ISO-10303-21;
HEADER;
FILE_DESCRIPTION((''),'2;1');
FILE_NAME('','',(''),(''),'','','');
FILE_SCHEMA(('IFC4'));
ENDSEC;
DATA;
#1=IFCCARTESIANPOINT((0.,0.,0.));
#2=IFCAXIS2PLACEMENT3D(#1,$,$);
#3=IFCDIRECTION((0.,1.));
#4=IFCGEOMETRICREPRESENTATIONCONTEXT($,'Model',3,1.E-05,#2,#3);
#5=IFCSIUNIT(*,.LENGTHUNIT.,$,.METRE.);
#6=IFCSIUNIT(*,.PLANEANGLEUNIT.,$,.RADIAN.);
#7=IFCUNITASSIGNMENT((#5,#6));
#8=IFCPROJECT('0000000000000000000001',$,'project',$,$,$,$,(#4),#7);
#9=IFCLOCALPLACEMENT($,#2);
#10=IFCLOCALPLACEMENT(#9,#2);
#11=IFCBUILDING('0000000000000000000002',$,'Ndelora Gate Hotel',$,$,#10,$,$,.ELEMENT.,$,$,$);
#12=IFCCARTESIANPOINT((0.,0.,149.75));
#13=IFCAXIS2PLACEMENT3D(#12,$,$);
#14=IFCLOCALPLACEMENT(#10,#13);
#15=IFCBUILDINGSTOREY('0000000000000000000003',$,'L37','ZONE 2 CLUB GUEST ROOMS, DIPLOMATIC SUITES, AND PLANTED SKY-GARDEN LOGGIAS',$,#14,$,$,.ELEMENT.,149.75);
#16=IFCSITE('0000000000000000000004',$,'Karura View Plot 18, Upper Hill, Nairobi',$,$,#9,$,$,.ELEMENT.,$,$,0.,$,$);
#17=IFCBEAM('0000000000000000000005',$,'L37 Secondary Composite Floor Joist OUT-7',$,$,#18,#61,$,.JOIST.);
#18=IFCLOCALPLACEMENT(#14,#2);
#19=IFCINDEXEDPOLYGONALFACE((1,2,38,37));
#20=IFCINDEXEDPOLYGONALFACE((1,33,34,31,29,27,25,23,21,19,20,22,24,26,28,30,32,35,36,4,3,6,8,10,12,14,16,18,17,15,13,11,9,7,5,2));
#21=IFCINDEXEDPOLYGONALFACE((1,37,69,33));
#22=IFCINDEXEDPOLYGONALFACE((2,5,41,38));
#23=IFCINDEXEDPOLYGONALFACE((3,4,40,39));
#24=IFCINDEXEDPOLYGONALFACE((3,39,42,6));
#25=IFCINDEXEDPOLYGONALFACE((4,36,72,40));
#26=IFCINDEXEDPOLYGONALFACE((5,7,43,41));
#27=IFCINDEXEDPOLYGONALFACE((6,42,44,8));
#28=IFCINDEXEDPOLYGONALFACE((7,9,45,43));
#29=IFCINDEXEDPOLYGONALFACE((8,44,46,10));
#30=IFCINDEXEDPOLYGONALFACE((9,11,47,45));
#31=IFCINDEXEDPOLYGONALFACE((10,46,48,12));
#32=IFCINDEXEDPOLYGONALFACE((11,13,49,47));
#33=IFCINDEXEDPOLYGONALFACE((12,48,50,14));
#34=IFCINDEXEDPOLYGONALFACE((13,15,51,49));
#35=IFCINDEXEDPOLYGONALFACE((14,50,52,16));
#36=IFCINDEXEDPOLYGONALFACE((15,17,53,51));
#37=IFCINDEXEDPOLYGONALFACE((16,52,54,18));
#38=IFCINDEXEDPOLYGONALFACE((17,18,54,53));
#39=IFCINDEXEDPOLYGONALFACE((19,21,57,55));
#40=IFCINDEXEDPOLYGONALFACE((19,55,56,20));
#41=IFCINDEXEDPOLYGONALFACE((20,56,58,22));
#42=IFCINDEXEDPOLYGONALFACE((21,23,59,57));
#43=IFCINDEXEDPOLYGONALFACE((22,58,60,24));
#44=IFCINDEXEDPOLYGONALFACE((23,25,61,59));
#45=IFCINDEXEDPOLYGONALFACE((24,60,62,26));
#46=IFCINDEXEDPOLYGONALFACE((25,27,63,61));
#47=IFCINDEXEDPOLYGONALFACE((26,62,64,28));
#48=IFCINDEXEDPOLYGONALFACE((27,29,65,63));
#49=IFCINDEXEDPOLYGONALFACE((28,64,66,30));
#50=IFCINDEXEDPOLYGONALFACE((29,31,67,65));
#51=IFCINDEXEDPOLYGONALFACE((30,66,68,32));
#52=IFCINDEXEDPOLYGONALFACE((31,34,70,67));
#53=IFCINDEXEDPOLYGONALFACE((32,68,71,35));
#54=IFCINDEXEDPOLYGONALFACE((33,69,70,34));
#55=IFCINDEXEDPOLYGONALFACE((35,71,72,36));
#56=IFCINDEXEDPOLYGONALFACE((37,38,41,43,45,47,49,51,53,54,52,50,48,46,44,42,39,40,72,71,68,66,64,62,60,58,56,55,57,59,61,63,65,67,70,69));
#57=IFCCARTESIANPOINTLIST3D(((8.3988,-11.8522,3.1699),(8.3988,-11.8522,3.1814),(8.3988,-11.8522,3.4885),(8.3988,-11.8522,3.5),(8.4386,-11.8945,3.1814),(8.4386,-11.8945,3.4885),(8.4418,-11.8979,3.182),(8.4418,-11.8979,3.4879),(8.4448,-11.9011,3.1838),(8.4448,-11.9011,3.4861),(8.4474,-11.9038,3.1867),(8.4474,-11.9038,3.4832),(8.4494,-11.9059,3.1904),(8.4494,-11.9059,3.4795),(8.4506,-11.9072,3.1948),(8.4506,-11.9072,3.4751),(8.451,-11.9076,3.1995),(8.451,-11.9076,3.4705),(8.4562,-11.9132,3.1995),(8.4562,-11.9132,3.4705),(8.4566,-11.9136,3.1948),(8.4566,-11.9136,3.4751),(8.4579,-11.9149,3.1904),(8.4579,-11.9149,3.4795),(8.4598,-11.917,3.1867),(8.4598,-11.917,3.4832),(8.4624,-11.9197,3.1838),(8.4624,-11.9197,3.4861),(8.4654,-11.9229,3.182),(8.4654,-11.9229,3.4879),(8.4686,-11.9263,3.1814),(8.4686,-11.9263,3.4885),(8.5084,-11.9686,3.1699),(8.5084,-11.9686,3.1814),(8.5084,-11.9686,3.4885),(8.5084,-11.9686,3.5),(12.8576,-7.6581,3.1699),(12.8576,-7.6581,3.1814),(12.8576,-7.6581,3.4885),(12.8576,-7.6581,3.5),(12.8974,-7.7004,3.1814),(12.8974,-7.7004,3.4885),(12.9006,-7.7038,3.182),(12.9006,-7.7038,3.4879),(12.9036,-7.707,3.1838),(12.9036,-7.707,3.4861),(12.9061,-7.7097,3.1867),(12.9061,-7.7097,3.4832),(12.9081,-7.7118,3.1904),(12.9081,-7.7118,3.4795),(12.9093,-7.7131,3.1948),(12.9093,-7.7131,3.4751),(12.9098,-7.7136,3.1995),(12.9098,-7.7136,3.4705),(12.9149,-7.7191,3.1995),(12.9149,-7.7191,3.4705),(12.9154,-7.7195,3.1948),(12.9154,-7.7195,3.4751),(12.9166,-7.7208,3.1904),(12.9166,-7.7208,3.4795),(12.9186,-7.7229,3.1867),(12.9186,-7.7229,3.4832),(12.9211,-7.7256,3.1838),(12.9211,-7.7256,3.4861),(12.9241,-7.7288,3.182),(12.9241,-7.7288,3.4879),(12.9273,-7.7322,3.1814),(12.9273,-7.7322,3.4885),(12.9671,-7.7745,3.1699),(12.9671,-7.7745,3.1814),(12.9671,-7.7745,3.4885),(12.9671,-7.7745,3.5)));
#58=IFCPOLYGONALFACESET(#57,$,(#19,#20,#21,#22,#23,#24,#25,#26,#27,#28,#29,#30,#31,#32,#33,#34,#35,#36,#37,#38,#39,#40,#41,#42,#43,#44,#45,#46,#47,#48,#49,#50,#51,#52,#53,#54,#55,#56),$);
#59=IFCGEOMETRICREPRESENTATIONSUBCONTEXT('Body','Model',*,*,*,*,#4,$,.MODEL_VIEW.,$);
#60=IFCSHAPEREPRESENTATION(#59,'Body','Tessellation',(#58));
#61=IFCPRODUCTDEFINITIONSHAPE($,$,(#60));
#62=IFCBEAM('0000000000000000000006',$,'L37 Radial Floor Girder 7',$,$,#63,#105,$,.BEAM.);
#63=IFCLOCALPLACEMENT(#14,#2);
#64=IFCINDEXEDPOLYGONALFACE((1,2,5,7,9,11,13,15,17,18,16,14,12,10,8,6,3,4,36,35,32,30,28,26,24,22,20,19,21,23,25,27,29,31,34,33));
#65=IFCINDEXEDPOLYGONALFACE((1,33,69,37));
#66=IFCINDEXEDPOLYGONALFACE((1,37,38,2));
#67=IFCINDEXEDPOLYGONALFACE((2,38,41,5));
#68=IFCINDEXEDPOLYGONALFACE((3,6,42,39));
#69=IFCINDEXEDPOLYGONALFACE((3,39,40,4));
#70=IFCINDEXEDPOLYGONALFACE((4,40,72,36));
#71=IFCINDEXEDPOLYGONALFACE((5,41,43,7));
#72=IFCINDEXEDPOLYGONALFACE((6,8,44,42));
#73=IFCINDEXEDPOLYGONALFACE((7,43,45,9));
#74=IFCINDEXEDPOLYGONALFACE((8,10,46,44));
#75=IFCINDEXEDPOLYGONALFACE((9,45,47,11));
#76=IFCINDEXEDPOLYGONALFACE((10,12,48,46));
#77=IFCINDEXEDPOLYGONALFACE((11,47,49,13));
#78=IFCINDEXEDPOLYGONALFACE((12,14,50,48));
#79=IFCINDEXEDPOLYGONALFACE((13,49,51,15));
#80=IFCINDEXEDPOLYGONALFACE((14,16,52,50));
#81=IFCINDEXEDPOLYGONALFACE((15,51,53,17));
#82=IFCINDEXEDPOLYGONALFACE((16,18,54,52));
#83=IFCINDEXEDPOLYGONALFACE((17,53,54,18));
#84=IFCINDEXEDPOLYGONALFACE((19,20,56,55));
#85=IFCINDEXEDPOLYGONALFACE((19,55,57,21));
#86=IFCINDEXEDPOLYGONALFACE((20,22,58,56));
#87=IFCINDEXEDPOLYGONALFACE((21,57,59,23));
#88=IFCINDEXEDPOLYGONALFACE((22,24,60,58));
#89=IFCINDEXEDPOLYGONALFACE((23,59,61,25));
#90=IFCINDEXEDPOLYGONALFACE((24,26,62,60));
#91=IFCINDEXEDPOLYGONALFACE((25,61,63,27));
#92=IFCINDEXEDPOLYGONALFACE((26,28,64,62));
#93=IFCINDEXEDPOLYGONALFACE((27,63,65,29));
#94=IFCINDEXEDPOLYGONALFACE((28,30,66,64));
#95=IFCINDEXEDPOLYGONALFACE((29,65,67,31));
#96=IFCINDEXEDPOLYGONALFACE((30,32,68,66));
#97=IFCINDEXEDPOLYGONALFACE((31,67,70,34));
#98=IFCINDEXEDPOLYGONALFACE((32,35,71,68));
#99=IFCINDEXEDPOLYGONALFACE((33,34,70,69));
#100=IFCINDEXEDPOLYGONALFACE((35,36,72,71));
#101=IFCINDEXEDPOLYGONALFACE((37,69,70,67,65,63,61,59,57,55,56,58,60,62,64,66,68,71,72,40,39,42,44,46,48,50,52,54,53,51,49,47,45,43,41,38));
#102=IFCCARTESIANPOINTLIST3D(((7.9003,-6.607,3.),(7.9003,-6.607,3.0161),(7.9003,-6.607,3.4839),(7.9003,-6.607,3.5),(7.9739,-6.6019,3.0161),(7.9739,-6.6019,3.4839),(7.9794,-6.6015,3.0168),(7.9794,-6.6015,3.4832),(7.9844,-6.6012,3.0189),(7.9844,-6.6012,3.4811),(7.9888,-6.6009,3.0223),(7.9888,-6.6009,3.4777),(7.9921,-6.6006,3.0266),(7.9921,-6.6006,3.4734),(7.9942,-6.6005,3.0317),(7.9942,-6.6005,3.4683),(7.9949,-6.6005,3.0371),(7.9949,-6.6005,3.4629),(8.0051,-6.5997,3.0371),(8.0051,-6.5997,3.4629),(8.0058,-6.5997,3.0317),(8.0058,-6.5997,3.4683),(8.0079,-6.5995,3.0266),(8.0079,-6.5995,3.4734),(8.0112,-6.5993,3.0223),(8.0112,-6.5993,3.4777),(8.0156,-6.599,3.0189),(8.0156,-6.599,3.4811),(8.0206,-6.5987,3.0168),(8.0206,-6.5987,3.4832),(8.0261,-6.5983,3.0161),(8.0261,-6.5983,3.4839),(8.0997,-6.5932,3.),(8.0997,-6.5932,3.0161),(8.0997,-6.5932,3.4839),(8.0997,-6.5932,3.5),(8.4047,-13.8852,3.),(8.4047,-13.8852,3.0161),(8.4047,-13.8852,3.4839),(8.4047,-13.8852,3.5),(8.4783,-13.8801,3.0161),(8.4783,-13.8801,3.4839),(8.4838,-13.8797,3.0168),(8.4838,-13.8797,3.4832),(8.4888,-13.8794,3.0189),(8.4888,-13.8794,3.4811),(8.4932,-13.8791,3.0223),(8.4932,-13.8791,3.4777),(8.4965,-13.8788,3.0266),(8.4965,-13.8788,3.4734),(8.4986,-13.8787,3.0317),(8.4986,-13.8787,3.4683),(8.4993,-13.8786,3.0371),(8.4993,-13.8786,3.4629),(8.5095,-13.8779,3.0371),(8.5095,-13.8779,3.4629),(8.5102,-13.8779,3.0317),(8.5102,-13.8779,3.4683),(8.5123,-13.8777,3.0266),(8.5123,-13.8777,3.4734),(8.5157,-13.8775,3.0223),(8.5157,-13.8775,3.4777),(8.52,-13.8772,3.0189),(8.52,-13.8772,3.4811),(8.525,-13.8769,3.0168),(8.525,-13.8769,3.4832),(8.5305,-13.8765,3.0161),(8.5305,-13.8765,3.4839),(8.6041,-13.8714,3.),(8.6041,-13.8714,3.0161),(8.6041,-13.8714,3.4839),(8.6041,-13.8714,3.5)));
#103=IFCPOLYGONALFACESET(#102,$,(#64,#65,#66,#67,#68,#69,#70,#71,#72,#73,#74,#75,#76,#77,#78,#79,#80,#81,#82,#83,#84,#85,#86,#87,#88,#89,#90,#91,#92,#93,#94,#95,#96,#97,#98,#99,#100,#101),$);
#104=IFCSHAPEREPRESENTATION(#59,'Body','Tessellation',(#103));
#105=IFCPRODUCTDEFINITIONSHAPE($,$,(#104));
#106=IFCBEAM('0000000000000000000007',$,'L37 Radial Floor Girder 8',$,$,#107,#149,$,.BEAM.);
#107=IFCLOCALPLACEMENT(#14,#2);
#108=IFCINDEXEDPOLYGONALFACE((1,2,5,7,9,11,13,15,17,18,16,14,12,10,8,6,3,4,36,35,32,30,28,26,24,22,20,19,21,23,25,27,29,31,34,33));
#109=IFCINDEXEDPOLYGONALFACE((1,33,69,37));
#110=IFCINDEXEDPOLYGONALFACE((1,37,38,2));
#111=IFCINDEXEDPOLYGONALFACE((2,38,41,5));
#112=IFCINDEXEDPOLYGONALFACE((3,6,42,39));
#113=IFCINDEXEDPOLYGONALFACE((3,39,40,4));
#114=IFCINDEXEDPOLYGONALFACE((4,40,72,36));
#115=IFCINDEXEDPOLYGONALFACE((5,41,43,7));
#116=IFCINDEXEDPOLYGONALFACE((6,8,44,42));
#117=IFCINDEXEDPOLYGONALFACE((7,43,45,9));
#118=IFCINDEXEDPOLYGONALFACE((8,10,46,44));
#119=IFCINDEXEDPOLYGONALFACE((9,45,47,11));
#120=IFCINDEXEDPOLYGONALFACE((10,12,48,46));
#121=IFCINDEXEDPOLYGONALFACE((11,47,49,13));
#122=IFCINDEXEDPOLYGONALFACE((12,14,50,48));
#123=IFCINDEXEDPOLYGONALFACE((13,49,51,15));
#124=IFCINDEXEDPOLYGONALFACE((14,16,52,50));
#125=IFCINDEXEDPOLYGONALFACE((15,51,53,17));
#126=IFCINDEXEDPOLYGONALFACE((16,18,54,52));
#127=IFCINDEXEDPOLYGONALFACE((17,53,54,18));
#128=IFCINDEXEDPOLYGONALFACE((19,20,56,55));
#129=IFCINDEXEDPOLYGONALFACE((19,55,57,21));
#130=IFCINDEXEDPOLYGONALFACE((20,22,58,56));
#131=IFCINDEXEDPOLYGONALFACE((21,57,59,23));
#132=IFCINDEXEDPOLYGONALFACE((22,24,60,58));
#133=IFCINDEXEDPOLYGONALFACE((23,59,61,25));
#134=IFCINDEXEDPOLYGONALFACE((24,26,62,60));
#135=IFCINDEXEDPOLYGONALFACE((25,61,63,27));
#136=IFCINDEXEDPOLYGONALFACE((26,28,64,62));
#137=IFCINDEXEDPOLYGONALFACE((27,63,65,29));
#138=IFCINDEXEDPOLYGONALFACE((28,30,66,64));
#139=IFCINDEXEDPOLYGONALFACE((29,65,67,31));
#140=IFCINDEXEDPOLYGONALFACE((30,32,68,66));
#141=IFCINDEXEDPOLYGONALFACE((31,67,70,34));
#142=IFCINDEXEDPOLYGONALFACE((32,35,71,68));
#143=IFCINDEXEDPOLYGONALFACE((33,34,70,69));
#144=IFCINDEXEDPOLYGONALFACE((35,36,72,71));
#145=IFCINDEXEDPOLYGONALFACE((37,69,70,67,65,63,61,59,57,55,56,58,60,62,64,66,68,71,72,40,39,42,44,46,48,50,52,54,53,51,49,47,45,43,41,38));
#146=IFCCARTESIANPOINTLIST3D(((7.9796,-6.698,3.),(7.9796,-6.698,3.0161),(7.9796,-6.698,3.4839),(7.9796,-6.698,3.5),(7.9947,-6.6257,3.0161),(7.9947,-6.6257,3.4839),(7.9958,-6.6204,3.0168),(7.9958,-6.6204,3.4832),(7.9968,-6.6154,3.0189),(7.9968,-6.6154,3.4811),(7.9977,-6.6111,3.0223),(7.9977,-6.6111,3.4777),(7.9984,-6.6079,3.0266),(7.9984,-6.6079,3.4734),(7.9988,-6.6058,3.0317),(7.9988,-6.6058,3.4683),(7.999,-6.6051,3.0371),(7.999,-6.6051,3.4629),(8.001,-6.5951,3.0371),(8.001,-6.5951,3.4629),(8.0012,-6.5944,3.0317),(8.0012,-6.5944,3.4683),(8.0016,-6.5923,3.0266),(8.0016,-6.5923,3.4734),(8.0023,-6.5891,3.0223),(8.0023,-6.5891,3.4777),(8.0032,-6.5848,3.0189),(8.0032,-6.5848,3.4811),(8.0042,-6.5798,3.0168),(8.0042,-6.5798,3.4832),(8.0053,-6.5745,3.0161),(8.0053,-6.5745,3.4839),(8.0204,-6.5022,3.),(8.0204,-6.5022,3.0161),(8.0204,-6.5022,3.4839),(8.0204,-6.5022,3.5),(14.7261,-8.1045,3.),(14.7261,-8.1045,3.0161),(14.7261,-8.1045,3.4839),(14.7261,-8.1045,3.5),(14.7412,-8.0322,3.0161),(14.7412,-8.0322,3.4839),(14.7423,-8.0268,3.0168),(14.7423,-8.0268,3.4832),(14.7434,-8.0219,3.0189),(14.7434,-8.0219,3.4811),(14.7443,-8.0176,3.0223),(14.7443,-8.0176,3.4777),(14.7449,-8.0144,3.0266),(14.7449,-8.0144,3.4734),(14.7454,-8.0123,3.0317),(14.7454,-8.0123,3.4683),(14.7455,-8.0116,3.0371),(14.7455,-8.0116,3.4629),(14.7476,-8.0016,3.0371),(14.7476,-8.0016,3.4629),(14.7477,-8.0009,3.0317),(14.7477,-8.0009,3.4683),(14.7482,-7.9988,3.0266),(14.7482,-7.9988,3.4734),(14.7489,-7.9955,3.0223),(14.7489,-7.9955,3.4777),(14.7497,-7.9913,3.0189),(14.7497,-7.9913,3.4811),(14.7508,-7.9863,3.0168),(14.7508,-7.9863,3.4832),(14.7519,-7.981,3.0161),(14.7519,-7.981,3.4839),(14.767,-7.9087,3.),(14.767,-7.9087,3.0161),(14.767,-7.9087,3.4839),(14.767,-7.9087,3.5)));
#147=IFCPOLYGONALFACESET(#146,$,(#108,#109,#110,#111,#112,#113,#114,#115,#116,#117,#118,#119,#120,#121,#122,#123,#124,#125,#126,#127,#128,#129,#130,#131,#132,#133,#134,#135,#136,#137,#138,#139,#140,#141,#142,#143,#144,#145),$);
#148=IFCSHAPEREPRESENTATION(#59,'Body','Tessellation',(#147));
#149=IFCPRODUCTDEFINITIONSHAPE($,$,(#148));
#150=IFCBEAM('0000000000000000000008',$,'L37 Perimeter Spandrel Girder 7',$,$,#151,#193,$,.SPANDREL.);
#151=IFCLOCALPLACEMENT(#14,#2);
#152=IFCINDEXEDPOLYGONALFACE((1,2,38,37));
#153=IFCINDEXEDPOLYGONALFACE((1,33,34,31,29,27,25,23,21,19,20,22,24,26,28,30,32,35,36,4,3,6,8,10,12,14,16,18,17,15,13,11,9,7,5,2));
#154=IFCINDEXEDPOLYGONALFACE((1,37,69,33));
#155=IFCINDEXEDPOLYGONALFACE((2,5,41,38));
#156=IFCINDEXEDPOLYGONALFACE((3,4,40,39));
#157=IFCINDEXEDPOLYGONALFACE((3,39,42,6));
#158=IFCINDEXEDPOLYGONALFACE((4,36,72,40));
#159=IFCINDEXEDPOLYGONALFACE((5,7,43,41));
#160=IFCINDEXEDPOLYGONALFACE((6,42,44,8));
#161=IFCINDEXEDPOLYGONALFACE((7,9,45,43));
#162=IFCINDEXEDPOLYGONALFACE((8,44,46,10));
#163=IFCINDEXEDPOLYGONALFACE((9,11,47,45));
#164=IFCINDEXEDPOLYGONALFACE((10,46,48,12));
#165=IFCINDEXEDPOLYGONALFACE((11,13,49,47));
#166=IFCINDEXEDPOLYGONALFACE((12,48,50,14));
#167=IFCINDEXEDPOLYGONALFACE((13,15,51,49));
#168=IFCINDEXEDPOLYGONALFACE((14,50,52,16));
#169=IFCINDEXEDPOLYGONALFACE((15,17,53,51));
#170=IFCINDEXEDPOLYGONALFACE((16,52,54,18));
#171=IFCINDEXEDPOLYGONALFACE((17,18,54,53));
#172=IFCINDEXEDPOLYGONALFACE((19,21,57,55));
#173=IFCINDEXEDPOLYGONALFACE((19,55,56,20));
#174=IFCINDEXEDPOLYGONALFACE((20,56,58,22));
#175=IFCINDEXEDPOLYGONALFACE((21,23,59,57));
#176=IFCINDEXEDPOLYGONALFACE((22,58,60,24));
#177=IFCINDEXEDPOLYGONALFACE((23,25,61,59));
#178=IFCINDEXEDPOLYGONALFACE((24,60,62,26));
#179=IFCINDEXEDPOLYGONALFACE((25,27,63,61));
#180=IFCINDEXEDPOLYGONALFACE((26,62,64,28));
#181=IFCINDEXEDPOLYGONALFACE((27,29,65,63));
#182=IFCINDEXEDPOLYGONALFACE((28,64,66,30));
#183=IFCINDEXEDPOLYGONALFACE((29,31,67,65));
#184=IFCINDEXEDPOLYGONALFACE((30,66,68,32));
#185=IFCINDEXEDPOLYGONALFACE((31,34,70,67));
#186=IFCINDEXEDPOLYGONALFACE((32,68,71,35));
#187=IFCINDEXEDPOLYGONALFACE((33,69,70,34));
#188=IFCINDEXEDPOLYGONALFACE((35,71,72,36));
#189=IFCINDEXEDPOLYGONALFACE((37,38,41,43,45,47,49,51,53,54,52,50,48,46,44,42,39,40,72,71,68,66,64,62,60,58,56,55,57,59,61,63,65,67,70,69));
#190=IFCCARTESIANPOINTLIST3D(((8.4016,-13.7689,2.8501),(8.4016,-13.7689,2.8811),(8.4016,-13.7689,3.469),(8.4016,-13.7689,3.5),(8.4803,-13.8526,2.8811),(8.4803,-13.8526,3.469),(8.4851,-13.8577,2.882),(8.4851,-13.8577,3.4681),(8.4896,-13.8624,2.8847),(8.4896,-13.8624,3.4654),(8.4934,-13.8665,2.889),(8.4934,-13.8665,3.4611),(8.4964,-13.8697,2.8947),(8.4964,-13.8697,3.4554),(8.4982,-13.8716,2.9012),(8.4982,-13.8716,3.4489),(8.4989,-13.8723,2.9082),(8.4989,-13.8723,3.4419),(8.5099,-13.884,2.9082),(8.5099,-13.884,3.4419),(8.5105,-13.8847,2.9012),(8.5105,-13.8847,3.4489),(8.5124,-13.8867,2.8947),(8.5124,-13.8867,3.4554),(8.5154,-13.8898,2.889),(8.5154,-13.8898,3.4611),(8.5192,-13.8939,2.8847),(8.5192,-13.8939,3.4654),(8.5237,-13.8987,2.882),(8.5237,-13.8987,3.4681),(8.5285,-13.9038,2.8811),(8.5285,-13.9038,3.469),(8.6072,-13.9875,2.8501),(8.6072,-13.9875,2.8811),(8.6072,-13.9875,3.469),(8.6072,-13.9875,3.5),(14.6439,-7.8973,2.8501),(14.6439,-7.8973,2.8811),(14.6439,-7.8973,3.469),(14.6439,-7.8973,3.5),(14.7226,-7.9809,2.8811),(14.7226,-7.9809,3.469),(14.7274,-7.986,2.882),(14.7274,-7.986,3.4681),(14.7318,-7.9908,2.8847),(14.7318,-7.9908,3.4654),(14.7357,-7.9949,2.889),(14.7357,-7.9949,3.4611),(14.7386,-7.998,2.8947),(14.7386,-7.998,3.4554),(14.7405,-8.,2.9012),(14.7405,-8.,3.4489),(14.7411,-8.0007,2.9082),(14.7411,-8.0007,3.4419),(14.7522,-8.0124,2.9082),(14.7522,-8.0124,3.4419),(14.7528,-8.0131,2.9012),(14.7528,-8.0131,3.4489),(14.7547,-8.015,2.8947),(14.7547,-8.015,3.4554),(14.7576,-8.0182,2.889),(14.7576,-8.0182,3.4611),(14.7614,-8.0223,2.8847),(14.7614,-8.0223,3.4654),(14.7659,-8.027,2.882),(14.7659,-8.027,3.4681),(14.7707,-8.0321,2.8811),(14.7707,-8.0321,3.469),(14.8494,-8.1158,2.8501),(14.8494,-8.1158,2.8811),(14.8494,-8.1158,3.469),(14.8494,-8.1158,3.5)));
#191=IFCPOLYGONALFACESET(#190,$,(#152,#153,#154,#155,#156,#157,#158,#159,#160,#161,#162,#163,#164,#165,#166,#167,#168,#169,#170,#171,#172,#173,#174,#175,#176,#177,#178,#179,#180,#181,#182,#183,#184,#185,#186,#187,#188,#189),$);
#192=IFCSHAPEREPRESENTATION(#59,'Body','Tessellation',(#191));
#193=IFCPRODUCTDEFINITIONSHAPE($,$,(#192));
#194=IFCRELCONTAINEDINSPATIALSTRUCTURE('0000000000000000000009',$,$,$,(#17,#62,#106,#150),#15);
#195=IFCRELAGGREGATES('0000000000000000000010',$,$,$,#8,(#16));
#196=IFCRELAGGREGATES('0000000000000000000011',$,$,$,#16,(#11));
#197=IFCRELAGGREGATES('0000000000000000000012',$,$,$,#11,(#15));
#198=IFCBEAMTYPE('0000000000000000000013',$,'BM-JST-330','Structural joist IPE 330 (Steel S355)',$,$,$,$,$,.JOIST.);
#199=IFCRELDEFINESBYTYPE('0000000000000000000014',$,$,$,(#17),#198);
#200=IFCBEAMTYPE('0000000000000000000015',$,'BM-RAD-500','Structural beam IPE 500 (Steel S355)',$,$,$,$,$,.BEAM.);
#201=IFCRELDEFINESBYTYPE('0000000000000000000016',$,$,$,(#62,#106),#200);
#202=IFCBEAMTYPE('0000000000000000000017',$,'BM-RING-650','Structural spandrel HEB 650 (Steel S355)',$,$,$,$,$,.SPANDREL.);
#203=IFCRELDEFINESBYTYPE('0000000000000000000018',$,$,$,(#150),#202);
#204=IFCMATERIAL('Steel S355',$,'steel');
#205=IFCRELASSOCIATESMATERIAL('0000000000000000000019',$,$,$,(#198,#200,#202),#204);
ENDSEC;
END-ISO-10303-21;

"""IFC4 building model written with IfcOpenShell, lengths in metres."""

from ifc_helpers import new_model, si_unit, direction, frame, origin, origin_2d, place, context, subcontext, project, spatial, i_section, extrude, material, material_profile, profile_set, type_object, element, save


model = new_model("IFC4")

# Units and contexts
model_context = context("Model", 3, precision=1e-05, world=origin(), true_north=direction((0.0, 1.0)))
body_context = subcontext(model_context, "Body", "Model", "MODEL_VIEW")
ifc_project = project(units=[si_unit("LENGTHUNIT", "METRE"), si_unit("PLANEANGLEUNIT", "RADIAN")], contexts=[model_context])

# Site, building, storey
site_placement = place(None, origin())
site = spatial("IfcSite", under=ifc_project, at=site_placement, Name="Karura View Plot 18, Upper Hill, Nairobi", CompositionType="ELEMENT", RefElevation=0.0)
building_placement = place(site_placement, origin())
building = spatial("IfcBuilding", under=site, at=building_placement, Name="Ndelora Gate Hotel", CompositionType="ELEMENT")
storey_placement = place(building_placement, frame((0.0, 0.0, 149.75)))
storey = spatial("IfcBuildingStorey", under=building, at=storey_placement, Name="L37", Description="ZONE 2 CLUB GUEST ROOMS, DIPLOMATIC SUITES, AND PLANTED SKY-GARDEN LOGGIAS", CompositionType="ELEMENT", Elevation=149.75)

# Beams
ifc_material_1 = material(Name="Steel S355", Category="steel")
ifc_material_profile_1 = material_profile(ifc_material_1, i_section(OverallWidth=0.1599, OverallDepth=0.3301, WebThickness=0.0076, FlangeThickness=0.0115, FilletRadius=0.0181, at=origin_2d()), Name="IPE 330")
ifc_profile_set_1 = profile_set([ifc_material_profile_1], Name="Steel S355")
beam_type_1 = type_object("IfcBeamType", Name="BM-JST-330", Description="Structural joist IPE 330 (Steel S355)", PredefinedType="JOIST", material=ifc_profile_set_1)
beam_1_placement = place(storey_placement, frame((8.4536, -11.9104, 3.335), z_axis=(0.728393, 0.685159, 0.0), x_axis=(-0.685159, 0.728393, 0.0)))
element("IfcBeam", 1, at=beam_1_placement, inside=storey, type_object=beam_type_1, Name="L37 Secondary Composite Floor Joist OUT-7", PredefinedType="JOIST", context=body_context, shape_type="SweptSolid", body=[
    extrude(i_section(OverallWidth=0.1599, OverallDepth=0.3301, WebThickness=0.0076, FlangeThickness=0.0115, FilletRadius=0.0181, at=origin_2d()), origin(), (0.0, 0.0, 1.0), 6.1213),
])
ifc_material_profile_2 = material_profile(ifc_material_1, i_section(OverallWidth=0.2, OverallDepth=0.5, WebThickness=0.0103, FlangeThickness=0.0161, FilletRadius=0.021, at=origin_2d()), Name="IPE 500")
ifc_profile_set_2 = profile_set([ifc_material_profile_2], Name="Steel S355")
beam_type_2 = type_object("IfcBeamType", Name="BM-RAD-500", Description="Structural beam IPE 500 (Steel S355)", PredefinedType="BEAM", material=ifc_profile_set_2)
beam_2_placement = place(storey_placement, frame((8.0, -6.6001, 3.25), z_axis=(0.069137, -0.997607, 0.0), x_axis=(0.997607, 0.069137, 0.0)))
element("IfcBeam", 2, at=beam_2_placement, inside=storey, type_object=beam_type_2, Name="L37 Radial Floor Girder 7", PredefinedType="BEAM", context=body_context, shape_type="SweptSolid", body=[
    extrude(i_section(OverallWidth=0.2, OverallDepth=0.5, WebThickness=0.0103, FlangeThickness=0.0161, FilletRadius=0.021, at=origin_2d()), origin(), (0.0, 0.0, 1.0), 7.2957),
])
beam_3_placement = place(storey_placement, frame((8.0, -6.6001, 3.25), z_axis=(0.978953, -0.204087, 0.0), x_axis=(0.204087, 0.978953, 0.0)))
element("IfcBeam", 3, at=beam_3_placement, inside=storey, type_object=beam_type_2, Name="L37 Radial Floor Girder 8", PredefinedType="BEAM", context=body_context, shape_type="SweptSolid", body=[
    extrude(i_section(OverallWidth=0.2, OverallDepth=0.5, WebThickness=0.0103, FlangeThickness=0.0161, FilletRadius=0.021, at=origin_2d()), origin(), (0.0, 0.0, 1.0), 6.8916),
])
ifc_material_profile_3 = material_profile(ifc_material_1, i_section(OverallWidth=0.3, OverallDepth=0.6499, WebThickness=0.0161, FlangeThickness=0.031, FilletRadius=0.0271, at=origin_2d()), Name="HEB 650")
ifc_profile_set_3 = profile_set([ifc_material_profile_3], Name="Steel S355")
beam_type_3 = type_object("IfcBeamType", Name="BM-RING-650", Description="Structural spandrel HEB 650 (Steel S355)", PredefinedType="SPANDREL", material=ifc_profile_set_3)
beam_4_placement = place(storey_placement, frame((8.5044, -13.8782, 3.175), z_axis=(0.728399, 0.685153, 0.0), x_axis=(-0.685153, 0.728399, 0.0)))
element("IfcBeam", 4, at=beam_4_placement, inside=storey, type_object=beam_type_3, Name="L37 Perimeter Spandrel Girder 7", PredefinedType="SPANDREL", context=body_context, shape_type="SweptSolid", body=[
    extrude(i_section(OverallWidth=0.3, OverallDepth=0.6499, WebThickness=0.0161, FlangeThickness=0.031, FilletRadius=0.0271, at=origin_2d()), origin(), (0.0, 0.0, 1.0), 8.5698),
])

save(model, "model.ifc")
